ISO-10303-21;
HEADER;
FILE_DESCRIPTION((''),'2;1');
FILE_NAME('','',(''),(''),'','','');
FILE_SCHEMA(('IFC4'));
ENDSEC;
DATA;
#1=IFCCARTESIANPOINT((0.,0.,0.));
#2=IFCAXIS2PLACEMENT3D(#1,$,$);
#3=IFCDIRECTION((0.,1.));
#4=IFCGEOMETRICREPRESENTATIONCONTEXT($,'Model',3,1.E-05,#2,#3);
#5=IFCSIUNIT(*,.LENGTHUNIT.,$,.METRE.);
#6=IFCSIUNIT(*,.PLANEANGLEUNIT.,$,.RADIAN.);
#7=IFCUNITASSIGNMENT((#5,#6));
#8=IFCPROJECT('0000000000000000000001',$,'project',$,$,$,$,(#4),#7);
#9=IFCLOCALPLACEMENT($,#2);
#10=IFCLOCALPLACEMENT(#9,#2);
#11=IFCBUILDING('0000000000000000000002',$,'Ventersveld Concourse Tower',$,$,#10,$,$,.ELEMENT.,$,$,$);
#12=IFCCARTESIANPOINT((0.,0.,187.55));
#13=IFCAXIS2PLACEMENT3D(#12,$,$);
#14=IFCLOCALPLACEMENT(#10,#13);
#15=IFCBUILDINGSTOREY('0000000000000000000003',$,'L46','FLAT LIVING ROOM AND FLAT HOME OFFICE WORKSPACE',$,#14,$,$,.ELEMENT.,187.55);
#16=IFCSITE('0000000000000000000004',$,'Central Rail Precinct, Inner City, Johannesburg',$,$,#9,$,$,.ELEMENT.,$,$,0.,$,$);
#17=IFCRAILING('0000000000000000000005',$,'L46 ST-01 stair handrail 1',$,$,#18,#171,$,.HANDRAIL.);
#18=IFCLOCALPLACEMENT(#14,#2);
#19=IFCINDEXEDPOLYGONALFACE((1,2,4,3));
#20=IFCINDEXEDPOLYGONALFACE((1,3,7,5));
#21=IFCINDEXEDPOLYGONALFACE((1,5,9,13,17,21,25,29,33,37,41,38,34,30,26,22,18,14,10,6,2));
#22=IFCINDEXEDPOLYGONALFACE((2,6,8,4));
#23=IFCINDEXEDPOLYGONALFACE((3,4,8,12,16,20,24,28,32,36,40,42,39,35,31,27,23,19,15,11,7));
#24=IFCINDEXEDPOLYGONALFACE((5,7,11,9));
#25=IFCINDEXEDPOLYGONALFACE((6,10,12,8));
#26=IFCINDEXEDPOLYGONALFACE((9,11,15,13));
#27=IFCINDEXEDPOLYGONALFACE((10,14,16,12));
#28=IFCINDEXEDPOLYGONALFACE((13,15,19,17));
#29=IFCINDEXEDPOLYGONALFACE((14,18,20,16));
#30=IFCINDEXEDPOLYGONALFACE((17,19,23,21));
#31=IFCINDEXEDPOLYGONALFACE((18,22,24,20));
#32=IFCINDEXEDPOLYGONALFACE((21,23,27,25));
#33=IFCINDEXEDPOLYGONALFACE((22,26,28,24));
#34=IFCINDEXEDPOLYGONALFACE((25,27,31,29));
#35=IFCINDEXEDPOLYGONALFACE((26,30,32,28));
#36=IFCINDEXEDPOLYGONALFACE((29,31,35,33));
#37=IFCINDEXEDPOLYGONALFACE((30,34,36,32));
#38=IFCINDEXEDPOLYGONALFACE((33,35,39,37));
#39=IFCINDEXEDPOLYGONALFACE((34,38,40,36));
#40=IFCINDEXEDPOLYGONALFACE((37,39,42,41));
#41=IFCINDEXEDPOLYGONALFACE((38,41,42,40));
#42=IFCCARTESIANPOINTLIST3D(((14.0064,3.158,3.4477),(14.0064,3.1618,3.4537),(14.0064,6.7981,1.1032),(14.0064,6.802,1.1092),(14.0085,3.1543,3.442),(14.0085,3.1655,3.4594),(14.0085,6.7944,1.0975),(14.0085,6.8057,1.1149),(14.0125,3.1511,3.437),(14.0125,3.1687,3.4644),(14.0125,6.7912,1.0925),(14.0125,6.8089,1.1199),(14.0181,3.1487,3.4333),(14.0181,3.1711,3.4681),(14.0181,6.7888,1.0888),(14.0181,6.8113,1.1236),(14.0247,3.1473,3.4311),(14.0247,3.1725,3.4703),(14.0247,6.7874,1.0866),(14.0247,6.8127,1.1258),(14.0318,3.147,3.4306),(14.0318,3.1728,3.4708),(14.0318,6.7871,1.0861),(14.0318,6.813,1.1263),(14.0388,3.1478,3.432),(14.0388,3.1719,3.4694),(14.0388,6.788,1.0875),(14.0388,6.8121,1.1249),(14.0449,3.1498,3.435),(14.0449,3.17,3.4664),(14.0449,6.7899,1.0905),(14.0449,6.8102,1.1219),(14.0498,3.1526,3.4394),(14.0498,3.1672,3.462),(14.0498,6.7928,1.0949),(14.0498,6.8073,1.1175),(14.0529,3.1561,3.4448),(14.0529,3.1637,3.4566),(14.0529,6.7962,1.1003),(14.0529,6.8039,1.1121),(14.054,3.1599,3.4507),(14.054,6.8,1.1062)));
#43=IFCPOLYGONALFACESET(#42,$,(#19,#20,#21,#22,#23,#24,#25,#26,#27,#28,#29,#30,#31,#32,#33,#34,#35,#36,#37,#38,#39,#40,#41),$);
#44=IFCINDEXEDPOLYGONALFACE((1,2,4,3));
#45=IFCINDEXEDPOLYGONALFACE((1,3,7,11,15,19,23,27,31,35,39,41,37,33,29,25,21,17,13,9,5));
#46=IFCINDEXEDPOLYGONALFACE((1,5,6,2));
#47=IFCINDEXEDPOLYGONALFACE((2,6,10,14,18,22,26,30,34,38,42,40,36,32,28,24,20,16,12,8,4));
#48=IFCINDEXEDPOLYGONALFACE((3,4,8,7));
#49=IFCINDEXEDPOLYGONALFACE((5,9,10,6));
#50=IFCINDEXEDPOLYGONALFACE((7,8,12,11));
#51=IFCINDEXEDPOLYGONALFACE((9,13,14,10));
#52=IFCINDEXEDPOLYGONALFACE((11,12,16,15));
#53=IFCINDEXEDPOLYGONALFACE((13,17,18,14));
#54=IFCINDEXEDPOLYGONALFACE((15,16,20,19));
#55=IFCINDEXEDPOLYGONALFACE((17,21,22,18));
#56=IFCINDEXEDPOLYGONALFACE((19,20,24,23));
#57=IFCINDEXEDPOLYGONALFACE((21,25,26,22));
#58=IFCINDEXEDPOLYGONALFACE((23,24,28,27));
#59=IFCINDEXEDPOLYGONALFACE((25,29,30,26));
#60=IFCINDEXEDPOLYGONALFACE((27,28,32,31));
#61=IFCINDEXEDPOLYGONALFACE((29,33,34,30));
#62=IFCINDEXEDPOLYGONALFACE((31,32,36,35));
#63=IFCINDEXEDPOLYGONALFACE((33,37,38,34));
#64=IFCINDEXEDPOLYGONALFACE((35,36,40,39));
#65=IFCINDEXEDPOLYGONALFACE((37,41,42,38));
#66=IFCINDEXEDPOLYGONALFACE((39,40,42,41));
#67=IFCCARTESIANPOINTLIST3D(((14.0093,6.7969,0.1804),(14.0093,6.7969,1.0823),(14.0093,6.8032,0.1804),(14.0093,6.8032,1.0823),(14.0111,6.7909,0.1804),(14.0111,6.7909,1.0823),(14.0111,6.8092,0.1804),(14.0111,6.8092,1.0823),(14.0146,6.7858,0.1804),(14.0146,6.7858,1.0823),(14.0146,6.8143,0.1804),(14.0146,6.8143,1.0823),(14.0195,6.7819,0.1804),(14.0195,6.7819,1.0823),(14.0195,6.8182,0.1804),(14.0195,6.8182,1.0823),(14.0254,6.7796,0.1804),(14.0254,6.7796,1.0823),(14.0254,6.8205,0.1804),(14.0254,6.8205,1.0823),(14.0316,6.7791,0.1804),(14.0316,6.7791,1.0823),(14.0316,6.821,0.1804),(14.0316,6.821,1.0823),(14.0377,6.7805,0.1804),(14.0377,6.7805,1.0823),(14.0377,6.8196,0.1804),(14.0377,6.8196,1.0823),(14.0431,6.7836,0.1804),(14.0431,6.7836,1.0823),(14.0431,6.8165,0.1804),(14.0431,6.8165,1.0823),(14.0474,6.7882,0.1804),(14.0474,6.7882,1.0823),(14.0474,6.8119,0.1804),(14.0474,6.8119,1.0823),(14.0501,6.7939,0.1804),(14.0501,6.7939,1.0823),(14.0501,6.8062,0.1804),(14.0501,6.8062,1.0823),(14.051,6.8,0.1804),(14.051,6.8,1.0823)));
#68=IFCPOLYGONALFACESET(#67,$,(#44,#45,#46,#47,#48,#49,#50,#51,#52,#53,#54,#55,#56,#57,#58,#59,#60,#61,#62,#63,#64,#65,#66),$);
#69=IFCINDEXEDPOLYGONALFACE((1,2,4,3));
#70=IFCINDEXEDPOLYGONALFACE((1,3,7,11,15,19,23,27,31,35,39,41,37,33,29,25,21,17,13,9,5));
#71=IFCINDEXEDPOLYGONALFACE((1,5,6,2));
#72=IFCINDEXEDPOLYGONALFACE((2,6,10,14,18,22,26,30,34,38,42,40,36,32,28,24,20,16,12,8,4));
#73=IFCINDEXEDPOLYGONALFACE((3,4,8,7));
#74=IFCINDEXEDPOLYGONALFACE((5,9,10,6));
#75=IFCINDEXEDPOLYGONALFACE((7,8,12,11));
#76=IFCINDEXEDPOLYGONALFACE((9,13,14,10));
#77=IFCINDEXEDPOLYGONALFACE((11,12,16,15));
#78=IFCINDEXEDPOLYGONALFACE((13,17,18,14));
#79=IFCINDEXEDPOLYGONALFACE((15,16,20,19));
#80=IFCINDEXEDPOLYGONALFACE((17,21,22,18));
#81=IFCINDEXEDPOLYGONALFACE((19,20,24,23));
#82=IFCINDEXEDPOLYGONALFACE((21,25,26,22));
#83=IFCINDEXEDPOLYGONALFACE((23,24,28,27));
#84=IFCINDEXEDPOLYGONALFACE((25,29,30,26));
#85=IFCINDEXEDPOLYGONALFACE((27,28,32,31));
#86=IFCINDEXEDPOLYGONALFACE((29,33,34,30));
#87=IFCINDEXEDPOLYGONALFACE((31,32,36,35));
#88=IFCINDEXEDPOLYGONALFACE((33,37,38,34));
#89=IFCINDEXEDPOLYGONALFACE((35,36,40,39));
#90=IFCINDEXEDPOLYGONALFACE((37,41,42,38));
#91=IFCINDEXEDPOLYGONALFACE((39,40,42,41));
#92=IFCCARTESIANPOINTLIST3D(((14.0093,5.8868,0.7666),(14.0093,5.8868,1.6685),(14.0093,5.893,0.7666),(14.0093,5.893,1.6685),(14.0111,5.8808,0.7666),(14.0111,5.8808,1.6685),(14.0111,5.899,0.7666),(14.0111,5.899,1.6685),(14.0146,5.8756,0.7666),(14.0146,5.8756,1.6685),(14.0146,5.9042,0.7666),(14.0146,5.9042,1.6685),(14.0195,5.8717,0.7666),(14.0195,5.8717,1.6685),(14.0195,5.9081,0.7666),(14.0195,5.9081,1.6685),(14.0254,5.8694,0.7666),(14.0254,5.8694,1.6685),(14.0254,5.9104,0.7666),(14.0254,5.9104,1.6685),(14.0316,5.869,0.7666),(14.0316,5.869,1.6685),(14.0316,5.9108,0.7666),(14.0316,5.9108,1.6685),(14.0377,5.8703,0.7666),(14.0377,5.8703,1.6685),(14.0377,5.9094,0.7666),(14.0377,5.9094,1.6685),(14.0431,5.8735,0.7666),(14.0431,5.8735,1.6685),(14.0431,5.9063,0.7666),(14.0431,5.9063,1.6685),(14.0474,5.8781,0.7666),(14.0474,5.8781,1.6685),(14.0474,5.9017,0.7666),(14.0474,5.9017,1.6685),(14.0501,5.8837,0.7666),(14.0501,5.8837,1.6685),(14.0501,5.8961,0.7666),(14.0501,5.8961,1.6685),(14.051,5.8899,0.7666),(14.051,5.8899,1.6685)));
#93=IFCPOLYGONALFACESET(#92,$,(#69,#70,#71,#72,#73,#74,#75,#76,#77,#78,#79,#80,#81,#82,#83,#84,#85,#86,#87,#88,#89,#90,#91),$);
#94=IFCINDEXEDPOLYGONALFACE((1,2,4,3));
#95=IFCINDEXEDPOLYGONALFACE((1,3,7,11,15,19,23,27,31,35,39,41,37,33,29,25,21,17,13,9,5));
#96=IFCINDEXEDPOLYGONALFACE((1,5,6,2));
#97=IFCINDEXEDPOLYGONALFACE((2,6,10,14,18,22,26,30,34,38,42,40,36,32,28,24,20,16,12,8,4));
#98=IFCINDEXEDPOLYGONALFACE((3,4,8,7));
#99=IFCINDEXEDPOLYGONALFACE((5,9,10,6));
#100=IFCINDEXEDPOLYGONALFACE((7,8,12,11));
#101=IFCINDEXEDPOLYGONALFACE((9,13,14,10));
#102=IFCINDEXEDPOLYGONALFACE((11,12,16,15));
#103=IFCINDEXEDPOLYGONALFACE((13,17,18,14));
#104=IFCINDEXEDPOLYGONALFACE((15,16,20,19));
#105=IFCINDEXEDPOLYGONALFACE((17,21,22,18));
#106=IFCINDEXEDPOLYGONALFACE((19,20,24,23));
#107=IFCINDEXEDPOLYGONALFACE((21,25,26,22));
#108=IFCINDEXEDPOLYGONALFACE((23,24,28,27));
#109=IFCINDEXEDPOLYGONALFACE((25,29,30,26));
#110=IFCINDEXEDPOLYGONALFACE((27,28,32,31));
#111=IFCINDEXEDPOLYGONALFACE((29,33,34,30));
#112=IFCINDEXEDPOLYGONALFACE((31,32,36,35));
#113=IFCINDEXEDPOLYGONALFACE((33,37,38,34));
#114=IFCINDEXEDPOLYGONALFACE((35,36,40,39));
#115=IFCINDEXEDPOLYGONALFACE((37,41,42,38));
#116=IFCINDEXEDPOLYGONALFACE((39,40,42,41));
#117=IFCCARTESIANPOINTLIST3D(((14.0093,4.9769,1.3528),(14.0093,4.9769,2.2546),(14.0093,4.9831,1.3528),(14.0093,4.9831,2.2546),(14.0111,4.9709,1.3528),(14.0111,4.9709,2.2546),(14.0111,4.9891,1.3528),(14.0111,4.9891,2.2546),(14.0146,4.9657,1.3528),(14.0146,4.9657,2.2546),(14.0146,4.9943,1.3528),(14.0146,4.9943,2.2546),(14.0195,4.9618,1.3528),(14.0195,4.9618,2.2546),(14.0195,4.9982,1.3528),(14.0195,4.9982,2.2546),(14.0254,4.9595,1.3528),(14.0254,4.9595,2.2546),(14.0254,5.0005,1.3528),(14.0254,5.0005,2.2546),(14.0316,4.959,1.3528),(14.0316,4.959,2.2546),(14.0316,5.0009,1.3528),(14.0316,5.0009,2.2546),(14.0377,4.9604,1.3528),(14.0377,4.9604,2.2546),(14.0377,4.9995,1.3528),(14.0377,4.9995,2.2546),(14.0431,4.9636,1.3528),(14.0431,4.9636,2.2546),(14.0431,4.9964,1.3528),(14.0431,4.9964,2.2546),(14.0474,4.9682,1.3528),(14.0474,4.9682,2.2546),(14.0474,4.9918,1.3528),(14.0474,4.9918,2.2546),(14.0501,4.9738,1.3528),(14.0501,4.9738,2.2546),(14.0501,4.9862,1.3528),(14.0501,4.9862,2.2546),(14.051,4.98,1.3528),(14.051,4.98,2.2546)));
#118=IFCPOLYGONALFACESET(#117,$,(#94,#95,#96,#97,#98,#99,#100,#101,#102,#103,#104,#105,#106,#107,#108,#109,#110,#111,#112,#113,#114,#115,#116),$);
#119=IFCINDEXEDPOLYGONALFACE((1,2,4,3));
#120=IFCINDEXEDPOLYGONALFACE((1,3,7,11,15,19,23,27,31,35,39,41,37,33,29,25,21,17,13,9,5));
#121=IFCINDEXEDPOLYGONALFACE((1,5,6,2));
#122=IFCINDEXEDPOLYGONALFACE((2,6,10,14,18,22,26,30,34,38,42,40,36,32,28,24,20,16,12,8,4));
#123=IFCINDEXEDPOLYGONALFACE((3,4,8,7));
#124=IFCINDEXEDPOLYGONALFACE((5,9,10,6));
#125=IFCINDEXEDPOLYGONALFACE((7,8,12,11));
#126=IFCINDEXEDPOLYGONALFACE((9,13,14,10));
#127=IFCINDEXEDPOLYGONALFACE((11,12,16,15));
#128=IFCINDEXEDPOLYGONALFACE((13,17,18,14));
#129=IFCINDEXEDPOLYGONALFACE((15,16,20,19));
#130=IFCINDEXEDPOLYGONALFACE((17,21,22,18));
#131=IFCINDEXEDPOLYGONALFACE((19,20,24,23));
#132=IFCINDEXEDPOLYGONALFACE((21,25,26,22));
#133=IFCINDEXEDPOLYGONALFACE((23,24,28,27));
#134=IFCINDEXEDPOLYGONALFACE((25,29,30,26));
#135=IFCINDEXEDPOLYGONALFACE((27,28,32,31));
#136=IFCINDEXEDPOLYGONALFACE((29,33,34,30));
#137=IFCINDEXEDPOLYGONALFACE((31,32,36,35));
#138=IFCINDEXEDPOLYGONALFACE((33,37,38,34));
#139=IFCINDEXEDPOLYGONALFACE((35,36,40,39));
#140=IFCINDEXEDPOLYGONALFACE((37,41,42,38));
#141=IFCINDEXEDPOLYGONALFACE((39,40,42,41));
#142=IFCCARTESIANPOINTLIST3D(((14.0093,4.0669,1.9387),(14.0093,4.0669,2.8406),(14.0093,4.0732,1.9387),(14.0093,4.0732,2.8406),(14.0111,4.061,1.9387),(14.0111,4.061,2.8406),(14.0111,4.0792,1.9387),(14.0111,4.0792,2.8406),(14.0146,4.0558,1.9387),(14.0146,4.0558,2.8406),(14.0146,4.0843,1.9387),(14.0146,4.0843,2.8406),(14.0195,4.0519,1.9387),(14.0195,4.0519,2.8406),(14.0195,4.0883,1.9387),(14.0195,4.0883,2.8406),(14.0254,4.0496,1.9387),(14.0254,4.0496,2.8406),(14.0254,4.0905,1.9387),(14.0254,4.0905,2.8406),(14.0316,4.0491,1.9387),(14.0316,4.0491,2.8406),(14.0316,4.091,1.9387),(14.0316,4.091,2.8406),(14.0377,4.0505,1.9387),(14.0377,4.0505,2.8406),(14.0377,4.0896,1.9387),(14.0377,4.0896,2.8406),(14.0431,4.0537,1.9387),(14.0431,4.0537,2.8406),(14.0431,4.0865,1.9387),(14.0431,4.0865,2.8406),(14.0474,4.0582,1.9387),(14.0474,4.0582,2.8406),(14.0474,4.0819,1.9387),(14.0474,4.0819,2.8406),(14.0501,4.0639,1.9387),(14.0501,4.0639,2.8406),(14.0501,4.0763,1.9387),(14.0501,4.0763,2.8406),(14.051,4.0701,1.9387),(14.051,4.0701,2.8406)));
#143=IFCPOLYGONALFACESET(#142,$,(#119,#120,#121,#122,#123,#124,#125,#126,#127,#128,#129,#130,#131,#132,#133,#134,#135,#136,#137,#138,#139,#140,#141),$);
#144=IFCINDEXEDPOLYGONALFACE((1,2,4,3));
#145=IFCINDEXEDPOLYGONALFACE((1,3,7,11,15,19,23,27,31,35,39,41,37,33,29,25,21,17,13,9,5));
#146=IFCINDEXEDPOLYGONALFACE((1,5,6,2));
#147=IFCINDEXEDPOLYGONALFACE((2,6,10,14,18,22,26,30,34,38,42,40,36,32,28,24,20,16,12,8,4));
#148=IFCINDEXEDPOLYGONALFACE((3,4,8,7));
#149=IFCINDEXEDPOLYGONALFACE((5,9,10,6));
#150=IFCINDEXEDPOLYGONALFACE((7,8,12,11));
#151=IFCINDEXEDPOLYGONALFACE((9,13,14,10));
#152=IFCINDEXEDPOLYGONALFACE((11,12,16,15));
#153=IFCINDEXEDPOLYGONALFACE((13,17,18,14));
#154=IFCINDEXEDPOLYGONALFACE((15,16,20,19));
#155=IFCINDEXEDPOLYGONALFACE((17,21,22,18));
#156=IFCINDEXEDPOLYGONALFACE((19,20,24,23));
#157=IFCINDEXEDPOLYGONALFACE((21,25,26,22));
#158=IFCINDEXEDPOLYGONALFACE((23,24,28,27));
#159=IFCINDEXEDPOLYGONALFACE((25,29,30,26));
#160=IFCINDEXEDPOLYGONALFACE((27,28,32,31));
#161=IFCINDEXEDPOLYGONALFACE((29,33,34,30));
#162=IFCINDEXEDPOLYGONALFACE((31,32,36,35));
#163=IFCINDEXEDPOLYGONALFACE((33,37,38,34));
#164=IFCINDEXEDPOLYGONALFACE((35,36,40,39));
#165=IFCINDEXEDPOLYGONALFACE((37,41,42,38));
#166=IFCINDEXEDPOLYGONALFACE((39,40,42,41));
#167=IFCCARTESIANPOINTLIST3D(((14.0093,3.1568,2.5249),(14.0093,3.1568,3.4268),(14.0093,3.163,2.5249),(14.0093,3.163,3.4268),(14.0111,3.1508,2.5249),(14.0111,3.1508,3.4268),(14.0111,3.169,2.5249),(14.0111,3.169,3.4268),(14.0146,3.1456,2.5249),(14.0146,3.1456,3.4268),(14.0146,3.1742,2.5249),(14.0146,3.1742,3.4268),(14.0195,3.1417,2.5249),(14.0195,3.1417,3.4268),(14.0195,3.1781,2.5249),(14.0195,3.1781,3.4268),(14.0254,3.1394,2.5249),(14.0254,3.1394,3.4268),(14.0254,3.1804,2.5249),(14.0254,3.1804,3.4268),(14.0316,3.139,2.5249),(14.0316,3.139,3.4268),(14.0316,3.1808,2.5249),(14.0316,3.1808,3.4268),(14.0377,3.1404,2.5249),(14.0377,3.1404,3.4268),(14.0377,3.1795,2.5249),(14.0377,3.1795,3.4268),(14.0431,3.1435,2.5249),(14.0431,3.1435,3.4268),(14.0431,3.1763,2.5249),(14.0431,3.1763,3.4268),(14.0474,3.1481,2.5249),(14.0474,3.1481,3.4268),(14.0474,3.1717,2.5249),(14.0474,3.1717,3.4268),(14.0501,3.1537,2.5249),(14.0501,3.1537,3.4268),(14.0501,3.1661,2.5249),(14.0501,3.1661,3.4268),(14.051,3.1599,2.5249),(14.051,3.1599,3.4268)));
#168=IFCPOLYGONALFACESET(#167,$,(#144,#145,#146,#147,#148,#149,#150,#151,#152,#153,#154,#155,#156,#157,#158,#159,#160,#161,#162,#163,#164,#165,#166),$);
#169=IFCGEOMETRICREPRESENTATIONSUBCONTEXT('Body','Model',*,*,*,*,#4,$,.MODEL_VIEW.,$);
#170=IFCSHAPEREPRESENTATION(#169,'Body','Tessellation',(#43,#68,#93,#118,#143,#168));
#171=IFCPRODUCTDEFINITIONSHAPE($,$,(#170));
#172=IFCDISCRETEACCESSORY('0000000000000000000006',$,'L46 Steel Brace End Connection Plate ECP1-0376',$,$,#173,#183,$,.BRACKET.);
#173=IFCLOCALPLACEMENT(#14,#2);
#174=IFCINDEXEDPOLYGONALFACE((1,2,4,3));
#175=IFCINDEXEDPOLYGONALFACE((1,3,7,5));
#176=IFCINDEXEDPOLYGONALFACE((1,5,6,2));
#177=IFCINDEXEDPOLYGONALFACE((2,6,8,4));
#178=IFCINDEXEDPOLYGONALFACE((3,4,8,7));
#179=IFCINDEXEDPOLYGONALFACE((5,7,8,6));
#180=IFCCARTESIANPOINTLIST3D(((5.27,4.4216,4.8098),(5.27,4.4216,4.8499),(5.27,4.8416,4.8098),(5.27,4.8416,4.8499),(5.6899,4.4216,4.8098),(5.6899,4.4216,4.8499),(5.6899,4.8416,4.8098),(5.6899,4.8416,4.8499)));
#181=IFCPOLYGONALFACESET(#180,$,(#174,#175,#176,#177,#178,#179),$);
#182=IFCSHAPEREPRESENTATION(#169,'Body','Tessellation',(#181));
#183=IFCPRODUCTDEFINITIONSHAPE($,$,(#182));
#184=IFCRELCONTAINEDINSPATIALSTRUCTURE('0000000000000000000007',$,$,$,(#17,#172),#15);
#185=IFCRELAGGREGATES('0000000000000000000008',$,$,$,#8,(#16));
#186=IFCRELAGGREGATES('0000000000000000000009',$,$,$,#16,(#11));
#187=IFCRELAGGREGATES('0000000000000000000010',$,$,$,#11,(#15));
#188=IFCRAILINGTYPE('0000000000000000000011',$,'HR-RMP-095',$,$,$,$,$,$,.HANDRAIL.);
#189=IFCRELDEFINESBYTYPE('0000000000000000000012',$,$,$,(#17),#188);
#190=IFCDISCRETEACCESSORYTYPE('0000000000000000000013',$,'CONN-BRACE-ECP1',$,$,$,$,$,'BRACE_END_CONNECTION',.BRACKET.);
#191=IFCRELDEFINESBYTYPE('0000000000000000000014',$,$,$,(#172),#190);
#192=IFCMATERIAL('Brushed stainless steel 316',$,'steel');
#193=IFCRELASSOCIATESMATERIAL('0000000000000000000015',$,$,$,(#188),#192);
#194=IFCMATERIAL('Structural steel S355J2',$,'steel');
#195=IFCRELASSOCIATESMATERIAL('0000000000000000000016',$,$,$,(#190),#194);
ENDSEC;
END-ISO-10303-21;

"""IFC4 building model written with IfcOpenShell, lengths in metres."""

from ifc_helpers import new_model, si_unit, direction, frame, origin, origin_2d, place, context, subcontext, project, spatial, rectangle, circle, extrude, material, type_object, element, save


model = new_model("IFC4")

# Units and contexts
model_context = context("Model", 3, precision=1e-05, world=origin(), true_north=direction((0.0, 1.0)))
body_context = subcontext(model_context, "Body", "Model", "MODEL_VIEW")
ifc_project = project(units=[si_unit("LENGTHUNIT", "METRE"), si_unit("PLANEANGLEUNIT", "RADIAN")], contexts=[model_context])

# Site, building, storey
site_placement = place(None, origin())
site = spatial("IfcSite", under=ifc_project, at=site_placement, Name="Central Rail Precinct, Inner City, Johannesburg", CompositionType="ELEMENT", RefElevation=0.0)
building_placement = place(site_placement, origin())
building = spatial("IfcBuilding", under=site, at=building_placement, Name="Ventersveld Concourse Tower", CompositionType="ELEMENT")
storey_placement = place(building_placement, frame((0.0, 0.0, 187.55)))
storey = spatial("IfcBuildingStorey", under=building, at=storey_placement, Name="L46", Description="FLAT LIVING ROOM AND FLAT HOME OFFICE WORKSPACE", CompositionType="ELEMENT", Elevation=187.55)

# Shared definitions
ifc_material_1 = material(Name="Structural steel S355J2", Category="steel")

# Railing
ifc_material_2 = material(Name="Brushed stainless steel 316", Category="steel")
railing_type_1 = type_object("IfcRailingType", Name="HR-RMP-095", PredefinedType="HANDRAIL", material=ifc_material_2)
railing_1_placement = place(storey_placement, frame((14.03, 6.8, 0.1804)))
element("IfcRailing", 1, at=railing_1_placement, inside=storey, type_object=railing_type_1, Name="L46 ST-01 stair handrail 1", PredefinedType="HANDRAIL", context=body_context, shape_type="SweptSolid", body=[
    extrude(circle(Radius=0.0239, at=origin_2d()), frame((0.0, 0.0, 0.9258), z_axis=(0.0, -0.840716, 0.541476), x_axis=(1.0, 0.0, 0.0)), (0.0, 0.0, 1.0), 4.3298),
    extrude(circle(Radius=0.021, at=origin_2d()), origin(), (0.0, 0.0, 1.0), 0.9019),
    extrude(circle(Radius=0.021, at=origin_2d()), frame((0.0, -0.9102, 0.5862)), (0.0, 0.0, 1.0), 0.9019),
    extrude(circle(Radius=0.021, at=origin_2d()), frame((0.0, -1.8201, 1.1724)), (0.0, 0.0, 1.0), 0.9019),
    extrude(circle(Radius=0.021, at=origin_2d()), frame((0.0, -2.73, 1.7583)), (0.0, 0.0, 1.0), 0.9019),
    extrude(circle(Radius=0.021, at=origin_2d()), frame((0.0, -3.6401, 2.3445)), (0.0, 0.0, 1.0), 0.9019),
])

# Discrete accessory
discrete_accessory_type = type_object("IfcDiscreteAccessoryType", Name="CONN-BRACE-ECP1", ElementType="BRACE_END_CONNECTION", PredefinedType="BRACKET", material=ifc_material_1)
discrete_accessory_placement = place(storey_placement, frame((5.48, 4.6316, 4.8098), z_axis=(0.0, 0.0, 1.0), x_axis=(1.0, 0.0, 0.0)))
element("IfcDiscreteAccessory", 2, at=discrete_accessory_placement, inside=storey, type_object=discrete_accessory_type, Name="L46 Steel Brace End Connection Plate ECP1-0376", PredefinedType="BRACKET", context=body_context, shape_type="SweptSolid", body=[
    extrude(rectangle(XDim=0.4199, YDim=0.4199, at=origin_2d()), origin(), (0.0, 0.0, 1.0), 0.04),
])

save(model, "model.ifc")
